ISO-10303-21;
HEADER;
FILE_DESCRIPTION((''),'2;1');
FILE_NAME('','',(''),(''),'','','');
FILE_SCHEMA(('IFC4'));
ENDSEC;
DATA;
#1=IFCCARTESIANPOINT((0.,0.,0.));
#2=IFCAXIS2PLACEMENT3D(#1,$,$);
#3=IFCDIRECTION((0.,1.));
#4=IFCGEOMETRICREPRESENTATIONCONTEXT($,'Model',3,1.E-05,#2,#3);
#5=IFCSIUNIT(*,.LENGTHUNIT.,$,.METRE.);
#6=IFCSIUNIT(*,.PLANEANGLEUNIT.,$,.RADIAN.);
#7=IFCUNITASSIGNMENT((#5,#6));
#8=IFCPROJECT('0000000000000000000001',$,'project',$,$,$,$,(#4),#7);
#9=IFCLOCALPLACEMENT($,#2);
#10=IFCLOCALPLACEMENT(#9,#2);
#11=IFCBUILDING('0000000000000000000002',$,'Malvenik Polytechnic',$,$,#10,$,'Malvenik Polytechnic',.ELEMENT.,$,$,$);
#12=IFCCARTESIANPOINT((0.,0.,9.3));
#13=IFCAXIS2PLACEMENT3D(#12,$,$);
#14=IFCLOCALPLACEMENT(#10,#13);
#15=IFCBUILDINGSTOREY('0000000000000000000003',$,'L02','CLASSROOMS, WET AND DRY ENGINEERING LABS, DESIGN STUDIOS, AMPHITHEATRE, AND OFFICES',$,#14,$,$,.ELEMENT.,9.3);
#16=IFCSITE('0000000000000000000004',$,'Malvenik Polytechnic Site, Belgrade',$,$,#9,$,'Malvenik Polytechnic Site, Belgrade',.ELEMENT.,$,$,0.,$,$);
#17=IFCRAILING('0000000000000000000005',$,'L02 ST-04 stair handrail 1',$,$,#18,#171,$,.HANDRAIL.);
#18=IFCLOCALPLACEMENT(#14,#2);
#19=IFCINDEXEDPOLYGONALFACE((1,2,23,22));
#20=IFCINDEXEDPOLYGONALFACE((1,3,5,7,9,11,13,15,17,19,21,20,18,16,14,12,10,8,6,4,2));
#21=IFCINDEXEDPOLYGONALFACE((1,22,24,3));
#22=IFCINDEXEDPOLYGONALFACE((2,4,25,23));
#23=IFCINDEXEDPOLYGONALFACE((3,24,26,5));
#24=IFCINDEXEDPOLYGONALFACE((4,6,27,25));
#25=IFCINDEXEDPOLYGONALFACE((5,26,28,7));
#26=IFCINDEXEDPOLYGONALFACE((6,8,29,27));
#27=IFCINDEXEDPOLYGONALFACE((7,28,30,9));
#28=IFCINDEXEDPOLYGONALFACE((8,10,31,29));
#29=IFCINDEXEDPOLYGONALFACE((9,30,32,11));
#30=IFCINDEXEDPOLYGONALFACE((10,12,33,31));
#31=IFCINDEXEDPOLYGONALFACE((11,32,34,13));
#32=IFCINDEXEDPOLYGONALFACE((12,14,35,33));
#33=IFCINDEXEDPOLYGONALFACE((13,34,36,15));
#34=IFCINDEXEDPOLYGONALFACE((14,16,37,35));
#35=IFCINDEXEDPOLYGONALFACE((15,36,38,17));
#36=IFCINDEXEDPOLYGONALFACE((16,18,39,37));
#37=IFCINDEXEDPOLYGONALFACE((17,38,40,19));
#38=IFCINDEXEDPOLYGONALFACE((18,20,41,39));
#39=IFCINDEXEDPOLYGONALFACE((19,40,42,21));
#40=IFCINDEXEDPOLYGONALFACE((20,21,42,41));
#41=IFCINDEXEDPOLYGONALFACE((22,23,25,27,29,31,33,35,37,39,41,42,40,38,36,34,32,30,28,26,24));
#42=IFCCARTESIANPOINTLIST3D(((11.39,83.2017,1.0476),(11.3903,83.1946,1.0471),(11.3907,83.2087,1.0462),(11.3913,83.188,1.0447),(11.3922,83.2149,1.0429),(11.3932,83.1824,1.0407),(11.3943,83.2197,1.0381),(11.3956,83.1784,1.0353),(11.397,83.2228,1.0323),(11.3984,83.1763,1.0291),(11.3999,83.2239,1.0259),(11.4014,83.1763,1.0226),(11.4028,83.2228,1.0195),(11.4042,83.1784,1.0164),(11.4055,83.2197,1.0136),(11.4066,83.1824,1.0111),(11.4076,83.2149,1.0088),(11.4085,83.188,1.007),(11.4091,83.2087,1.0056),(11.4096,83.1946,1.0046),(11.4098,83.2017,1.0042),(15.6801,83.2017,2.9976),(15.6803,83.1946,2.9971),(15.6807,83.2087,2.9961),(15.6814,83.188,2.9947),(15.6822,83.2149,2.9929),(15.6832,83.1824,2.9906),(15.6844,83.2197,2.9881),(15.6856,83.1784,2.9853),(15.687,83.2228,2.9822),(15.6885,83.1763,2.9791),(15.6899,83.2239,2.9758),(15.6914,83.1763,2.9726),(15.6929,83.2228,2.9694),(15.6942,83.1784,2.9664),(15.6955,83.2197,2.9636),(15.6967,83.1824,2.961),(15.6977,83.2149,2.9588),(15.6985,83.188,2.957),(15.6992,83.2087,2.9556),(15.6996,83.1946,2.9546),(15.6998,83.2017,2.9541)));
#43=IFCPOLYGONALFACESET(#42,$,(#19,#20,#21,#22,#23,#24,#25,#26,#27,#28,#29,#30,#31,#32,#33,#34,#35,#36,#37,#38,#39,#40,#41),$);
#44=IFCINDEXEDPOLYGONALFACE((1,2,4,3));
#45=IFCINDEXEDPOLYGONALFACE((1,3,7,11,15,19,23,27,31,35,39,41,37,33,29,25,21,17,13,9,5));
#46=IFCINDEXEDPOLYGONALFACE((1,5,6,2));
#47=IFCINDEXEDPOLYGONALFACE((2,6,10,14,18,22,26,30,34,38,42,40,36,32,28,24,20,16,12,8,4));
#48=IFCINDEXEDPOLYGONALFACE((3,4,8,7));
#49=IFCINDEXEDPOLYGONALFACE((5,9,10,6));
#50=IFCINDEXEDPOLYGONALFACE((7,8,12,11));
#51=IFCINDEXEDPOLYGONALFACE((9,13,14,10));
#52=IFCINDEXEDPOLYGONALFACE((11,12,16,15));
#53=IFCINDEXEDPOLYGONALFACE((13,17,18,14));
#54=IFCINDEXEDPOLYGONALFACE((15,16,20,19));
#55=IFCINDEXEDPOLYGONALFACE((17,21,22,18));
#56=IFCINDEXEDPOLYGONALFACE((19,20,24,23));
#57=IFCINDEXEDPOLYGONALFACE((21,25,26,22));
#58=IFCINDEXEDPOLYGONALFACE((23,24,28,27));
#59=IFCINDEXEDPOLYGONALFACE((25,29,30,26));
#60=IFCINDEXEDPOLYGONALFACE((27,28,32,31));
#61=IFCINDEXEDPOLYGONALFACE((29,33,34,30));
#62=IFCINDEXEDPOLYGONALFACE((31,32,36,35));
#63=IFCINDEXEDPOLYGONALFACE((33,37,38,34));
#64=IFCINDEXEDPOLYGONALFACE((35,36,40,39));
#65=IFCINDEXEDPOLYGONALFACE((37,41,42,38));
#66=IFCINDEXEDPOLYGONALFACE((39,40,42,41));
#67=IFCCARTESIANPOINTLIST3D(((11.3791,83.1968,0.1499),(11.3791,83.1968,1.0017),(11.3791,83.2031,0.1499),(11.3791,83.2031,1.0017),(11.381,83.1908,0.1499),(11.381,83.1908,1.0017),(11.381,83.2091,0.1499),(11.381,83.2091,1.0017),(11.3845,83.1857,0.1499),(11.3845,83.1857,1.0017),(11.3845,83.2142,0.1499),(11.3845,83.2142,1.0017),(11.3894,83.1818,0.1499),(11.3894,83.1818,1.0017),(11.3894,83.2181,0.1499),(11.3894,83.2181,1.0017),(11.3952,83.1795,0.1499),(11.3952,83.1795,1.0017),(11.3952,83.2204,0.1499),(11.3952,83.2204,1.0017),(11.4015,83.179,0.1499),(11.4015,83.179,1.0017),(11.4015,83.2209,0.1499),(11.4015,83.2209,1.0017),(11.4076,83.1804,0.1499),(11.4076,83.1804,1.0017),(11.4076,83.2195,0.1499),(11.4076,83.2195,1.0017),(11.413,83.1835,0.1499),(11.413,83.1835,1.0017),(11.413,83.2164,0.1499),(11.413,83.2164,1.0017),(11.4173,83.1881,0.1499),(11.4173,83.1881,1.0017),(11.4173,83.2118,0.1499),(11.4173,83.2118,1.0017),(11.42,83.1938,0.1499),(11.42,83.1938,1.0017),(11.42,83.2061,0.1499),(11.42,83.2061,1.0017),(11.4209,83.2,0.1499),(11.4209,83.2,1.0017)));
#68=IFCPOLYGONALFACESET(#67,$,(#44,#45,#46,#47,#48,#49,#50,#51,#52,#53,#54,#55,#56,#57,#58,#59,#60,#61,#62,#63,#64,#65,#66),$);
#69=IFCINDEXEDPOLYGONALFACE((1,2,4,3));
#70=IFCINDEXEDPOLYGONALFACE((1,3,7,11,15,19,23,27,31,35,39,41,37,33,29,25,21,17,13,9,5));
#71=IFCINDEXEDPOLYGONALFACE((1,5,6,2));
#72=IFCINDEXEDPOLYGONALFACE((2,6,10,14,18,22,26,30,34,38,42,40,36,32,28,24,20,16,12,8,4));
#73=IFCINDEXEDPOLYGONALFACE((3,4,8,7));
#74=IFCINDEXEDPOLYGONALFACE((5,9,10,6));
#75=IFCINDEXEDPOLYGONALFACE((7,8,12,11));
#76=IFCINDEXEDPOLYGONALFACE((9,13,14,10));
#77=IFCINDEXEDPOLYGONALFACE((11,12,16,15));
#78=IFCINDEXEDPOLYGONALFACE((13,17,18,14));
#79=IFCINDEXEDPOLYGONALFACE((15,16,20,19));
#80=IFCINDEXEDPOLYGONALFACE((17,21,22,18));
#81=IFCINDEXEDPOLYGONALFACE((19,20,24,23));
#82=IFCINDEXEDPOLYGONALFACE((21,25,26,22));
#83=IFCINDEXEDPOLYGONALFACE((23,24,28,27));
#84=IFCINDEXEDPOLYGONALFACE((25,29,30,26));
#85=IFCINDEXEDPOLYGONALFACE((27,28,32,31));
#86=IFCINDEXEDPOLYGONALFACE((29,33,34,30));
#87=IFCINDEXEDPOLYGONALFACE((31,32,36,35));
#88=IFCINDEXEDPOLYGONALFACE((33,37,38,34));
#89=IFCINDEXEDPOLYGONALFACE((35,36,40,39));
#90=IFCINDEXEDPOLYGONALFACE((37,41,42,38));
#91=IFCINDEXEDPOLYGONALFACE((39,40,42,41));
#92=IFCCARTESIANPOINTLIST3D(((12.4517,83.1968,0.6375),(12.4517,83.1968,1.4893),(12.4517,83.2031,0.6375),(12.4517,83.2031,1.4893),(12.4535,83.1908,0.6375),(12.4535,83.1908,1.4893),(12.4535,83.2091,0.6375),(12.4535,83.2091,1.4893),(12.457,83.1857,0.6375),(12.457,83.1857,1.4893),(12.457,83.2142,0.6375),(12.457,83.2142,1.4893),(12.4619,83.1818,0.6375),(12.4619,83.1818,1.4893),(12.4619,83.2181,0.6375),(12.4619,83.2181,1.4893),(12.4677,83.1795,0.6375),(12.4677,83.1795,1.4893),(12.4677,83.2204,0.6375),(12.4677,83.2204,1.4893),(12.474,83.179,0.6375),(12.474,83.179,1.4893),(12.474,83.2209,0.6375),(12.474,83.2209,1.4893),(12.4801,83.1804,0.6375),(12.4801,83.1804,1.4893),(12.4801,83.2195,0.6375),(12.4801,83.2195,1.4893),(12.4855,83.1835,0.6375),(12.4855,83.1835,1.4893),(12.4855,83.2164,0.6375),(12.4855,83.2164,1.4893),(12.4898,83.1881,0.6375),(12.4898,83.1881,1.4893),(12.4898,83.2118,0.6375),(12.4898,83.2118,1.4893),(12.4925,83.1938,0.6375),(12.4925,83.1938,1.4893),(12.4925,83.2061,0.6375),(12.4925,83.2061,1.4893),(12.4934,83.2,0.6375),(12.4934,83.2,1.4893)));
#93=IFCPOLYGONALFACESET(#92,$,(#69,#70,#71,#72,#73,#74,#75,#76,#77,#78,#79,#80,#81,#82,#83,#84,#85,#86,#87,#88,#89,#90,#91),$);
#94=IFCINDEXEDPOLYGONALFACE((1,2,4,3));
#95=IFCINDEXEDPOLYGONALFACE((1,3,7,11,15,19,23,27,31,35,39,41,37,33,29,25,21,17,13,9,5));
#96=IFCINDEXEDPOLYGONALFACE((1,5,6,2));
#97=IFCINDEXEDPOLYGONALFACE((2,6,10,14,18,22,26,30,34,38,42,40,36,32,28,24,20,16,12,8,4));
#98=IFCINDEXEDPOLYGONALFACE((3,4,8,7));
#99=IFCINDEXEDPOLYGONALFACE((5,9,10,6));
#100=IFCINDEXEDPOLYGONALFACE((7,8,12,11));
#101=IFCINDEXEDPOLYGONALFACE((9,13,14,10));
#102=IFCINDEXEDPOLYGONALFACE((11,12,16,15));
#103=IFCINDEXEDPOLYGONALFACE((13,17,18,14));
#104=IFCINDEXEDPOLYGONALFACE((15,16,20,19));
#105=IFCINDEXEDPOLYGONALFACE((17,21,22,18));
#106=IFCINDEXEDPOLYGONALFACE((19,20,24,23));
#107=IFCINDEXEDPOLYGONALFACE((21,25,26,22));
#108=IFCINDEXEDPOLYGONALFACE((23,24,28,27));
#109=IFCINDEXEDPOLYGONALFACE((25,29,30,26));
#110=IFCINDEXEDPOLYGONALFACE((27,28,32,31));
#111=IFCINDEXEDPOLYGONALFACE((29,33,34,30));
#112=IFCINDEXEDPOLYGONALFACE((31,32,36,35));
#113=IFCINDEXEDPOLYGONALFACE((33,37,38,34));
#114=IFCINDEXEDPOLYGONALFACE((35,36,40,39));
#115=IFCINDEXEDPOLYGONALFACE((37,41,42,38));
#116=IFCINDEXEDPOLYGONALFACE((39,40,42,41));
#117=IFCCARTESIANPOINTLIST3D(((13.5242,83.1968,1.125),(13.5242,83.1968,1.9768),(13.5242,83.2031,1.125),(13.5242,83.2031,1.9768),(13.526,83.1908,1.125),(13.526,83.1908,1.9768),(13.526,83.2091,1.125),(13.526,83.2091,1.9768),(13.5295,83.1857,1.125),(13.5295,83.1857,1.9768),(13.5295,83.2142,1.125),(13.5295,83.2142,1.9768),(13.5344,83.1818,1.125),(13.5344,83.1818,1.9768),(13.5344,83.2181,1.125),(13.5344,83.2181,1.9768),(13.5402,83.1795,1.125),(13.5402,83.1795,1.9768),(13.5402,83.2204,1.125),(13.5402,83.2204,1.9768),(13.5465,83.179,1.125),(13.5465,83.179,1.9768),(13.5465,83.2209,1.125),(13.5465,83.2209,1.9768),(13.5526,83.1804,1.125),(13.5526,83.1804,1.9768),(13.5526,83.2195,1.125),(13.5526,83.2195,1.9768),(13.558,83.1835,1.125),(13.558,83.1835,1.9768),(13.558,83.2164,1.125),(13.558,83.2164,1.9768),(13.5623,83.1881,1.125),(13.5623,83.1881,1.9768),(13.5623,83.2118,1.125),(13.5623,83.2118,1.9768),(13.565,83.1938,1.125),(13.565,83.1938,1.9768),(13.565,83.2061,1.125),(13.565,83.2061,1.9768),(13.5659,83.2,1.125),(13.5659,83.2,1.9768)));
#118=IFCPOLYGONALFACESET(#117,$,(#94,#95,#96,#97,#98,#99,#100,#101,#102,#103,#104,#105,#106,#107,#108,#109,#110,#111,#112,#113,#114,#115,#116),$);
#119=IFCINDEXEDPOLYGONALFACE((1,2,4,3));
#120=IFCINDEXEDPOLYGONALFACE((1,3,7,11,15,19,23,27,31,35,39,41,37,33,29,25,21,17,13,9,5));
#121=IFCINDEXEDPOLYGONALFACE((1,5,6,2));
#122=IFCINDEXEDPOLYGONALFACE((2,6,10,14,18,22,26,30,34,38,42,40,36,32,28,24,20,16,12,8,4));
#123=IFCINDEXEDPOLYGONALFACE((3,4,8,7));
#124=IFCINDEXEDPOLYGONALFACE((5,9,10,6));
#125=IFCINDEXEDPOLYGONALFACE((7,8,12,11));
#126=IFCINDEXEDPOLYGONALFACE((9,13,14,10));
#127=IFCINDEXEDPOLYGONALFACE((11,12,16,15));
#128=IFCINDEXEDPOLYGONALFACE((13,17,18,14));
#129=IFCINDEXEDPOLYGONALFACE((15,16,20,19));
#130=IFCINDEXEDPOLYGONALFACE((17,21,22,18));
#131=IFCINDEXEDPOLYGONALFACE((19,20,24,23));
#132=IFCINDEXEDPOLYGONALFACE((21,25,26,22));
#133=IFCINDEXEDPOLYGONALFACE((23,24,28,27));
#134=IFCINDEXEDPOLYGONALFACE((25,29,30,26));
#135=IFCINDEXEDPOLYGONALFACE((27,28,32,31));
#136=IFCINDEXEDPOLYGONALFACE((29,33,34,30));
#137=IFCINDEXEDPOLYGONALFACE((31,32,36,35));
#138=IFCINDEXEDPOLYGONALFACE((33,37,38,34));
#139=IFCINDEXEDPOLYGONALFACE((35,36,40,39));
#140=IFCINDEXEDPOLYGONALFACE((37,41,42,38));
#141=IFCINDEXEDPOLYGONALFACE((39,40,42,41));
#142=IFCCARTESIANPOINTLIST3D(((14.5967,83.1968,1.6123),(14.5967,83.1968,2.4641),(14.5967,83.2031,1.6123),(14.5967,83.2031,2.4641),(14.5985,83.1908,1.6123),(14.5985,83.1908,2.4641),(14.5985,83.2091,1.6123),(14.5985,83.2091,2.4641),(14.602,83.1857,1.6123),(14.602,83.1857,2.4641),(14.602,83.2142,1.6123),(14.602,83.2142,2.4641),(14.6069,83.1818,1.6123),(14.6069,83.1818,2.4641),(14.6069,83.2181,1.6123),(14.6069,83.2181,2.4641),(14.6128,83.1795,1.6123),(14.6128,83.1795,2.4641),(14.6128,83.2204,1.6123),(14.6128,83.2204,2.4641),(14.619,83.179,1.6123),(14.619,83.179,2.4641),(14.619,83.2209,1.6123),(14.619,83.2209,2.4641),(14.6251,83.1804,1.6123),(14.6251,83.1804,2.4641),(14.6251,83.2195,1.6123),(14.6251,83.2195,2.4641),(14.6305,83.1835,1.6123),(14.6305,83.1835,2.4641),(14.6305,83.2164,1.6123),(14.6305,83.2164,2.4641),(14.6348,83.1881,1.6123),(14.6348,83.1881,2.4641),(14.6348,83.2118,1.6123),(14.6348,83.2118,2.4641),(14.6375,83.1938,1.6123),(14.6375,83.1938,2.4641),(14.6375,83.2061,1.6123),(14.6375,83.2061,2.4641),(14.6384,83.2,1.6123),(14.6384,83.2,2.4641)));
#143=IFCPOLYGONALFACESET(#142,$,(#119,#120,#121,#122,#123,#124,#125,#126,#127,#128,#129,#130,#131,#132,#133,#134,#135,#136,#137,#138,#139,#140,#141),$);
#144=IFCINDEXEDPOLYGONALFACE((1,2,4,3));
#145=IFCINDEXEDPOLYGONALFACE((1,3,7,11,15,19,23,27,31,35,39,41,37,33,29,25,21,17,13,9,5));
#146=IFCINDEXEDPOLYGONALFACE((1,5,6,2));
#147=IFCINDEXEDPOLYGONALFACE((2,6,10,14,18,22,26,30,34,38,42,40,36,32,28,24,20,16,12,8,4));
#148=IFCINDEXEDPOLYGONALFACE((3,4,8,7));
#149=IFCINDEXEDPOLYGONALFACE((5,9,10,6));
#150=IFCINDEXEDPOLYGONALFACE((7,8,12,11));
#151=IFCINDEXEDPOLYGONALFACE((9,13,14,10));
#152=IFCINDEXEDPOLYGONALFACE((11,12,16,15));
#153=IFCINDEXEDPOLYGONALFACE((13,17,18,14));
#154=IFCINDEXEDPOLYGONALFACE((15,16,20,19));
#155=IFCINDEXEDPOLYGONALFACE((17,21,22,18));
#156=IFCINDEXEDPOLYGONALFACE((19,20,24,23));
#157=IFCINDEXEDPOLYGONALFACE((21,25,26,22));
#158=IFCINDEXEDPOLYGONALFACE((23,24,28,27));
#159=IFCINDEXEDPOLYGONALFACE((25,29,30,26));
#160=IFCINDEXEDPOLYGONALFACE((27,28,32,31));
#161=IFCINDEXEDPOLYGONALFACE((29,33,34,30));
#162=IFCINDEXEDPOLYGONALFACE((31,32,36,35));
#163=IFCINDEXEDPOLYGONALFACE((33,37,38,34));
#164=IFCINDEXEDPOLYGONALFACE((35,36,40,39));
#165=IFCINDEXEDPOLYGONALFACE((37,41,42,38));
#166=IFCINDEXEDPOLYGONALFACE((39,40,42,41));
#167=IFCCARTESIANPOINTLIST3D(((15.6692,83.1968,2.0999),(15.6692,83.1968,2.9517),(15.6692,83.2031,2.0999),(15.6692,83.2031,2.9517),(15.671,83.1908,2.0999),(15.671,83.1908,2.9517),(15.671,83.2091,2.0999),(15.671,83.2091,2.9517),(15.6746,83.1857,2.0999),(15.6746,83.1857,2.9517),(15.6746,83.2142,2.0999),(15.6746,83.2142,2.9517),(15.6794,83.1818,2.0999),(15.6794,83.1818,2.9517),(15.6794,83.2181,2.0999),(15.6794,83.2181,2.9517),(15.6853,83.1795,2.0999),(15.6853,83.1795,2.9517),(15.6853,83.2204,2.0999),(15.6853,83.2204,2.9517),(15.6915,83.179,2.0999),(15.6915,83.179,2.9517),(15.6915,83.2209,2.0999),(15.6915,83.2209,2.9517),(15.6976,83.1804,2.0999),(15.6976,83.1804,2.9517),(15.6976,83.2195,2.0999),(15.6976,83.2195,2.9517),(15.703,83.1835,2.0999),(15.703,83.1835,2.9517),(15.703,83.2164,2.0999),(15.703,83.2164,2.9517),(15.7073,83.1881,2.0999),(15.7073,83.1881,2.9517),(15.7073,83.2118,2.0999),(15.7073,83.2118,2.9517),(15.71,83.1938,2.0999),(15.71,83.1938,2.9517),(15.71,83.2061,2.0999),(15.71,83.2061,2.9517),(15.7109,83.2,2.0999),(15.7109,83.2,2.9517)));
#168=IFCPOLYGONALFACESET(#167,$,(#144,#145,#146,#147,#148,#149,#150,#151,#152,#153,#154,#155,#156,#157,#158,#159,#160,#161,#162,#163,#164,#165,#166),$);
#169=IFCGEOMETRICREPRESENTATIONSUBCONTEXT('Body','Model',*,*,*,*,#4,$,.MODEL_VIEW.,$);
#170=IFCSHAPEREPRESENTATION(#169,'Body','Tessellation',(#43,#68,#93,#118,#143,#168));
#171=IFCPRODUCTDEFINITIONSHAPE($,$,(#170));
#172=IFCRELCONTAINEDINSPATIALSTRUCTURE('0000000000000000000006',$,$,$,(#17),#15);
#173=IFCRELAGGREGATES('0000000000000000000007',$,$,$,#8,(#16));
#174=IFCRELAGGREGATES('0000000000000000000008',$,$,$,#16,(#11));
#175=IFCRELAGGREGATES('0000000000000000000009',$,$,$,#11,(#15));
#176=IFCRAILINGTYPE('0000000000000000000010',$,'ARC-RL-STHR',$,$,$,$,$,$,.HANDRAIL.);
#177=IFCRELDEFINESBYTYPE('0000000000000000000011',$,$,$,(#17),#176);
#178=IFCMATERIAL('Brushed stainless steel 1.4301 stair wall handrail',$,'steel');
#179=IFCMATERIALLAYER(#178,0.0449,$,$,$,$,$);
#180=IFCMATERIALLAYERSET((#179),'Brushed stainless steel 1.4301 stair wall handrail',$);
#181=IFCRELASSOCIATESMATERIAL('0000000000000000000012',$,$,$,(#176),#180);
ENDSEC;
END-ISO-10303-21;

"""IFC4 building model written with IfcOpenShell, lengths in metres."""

from ifc_helpers import new_model, si_unit, direction, frame, origin, origin_2d, place, context, subcontext, project, spatial, circle, extrude, material, layer, layer_set, type_object, element, save


model = new_model("IFC4")

# Units and contexts
model_context = context("Model", 3, precision=1e-05, world=origin(), true_north=direction((0.0, 1.0)))
body_context = subcontext(model_context, "Body", "Model", "MODEL_VIEW")
ifc_project = project(units=[si_unit("LENGTHUNIT", "METRE"), si_unit("PLANEANGLEUNIT", "RADIAN")], contexts=[model_context])

# Site, building, storey
site_placement = place(None, origin())
site = spatial("IfcSite", under=ifc_project, at=site_placement, Name="Malvenik Polytechnic Site, Belgrade", LongName="Malvenik Polytechnic Site, Belgrade", CompositionType="ELEMENT", RefElevation=0.0)
building_placement = place(site_placement, origin())
building = spatial("IfcBuilding", under=site, at=building_placement, Name="Malvenik Polytechnic", LongName="Malvenik Polytechnic", CompositionType="ELEMENT")
storey_placement = place(building_placement, frame((0.0, 0.0, 9.3)))
storey = spatial("IfcBuildingStorey", under=building, at=storey_placement, Name="L02", Description="CLASSROOMS, WET AND DRY ENGINEERING LABS, DESIGN STUDIOS, AMPHITHEATRE, AND OFFICES", CompositionType="ELEMENT", Elevation=9.3)

# Railing
ifc_material_1 = material(Name="Brushed stainless steel 1.4301 stair wall handrail", Category="steel")
ifc_layer_1 = layer(ifc_material_1, 0.0449)
ifc_layer_set_1 = layer_set([ifc_layer_1], Name="Brushed stainless steel 1.4301 stair wall handrail")
railing_type = type_object("IfcRailingType", Name="ARC-RL-STHR", PredefinedType="HANDRAIL", material=ifc_layer_set_1)
railing_placement = place(storey_placement, frame((11.3999, 83.2, 0.1499)))
element("IfcRailing", 1, at=railing_placement, inside=storey, type_object=railing_type, Name="L02 ST-04 stair handrail 1", PredefinedType="HANDRAIL", context=body_context, shape_type="SweptSolid", body=[
    extrude(circle(Radius=0.0239, at=origin_2d()), frame((0.0, 0.0, 0.876), z_axis=(0.910372, 0.0, 0.413791), x_axis=(0.0, 1.0, 0.0)), (0.0, 0.0, 1.0), 4.7124),
    extrude(circle(Radius=0.021, at=origin_2d()), origin(), (0.0, 0.0, 1.0), 0.8518),
    extrude(circle(Radius=0.021, at=origin_2d()), frame((1.0725, 0.0, 0.4875)), (0.0, 0.0, 1.0), 0.8518),
    extrude(circle(Radius=0.021, at=origin_2d()), frame((2.145, 0.0, 0.9751)), (0.0, 0.0, 1.0), 0.8518),
    extrude(circle(Radius=0.021, at=origin_2d()), frame((3.2175, 0.0, 1.4624)), (0.0, 0.0, 1.0), 0.8518),
    extrude(circle(Radius=0.021, at=origin_2d()), frame((4.29, 0.0, 1.95)), (0.0, 0.0, 1.0), 0.8518),
])

save(model, "model.ifc")
